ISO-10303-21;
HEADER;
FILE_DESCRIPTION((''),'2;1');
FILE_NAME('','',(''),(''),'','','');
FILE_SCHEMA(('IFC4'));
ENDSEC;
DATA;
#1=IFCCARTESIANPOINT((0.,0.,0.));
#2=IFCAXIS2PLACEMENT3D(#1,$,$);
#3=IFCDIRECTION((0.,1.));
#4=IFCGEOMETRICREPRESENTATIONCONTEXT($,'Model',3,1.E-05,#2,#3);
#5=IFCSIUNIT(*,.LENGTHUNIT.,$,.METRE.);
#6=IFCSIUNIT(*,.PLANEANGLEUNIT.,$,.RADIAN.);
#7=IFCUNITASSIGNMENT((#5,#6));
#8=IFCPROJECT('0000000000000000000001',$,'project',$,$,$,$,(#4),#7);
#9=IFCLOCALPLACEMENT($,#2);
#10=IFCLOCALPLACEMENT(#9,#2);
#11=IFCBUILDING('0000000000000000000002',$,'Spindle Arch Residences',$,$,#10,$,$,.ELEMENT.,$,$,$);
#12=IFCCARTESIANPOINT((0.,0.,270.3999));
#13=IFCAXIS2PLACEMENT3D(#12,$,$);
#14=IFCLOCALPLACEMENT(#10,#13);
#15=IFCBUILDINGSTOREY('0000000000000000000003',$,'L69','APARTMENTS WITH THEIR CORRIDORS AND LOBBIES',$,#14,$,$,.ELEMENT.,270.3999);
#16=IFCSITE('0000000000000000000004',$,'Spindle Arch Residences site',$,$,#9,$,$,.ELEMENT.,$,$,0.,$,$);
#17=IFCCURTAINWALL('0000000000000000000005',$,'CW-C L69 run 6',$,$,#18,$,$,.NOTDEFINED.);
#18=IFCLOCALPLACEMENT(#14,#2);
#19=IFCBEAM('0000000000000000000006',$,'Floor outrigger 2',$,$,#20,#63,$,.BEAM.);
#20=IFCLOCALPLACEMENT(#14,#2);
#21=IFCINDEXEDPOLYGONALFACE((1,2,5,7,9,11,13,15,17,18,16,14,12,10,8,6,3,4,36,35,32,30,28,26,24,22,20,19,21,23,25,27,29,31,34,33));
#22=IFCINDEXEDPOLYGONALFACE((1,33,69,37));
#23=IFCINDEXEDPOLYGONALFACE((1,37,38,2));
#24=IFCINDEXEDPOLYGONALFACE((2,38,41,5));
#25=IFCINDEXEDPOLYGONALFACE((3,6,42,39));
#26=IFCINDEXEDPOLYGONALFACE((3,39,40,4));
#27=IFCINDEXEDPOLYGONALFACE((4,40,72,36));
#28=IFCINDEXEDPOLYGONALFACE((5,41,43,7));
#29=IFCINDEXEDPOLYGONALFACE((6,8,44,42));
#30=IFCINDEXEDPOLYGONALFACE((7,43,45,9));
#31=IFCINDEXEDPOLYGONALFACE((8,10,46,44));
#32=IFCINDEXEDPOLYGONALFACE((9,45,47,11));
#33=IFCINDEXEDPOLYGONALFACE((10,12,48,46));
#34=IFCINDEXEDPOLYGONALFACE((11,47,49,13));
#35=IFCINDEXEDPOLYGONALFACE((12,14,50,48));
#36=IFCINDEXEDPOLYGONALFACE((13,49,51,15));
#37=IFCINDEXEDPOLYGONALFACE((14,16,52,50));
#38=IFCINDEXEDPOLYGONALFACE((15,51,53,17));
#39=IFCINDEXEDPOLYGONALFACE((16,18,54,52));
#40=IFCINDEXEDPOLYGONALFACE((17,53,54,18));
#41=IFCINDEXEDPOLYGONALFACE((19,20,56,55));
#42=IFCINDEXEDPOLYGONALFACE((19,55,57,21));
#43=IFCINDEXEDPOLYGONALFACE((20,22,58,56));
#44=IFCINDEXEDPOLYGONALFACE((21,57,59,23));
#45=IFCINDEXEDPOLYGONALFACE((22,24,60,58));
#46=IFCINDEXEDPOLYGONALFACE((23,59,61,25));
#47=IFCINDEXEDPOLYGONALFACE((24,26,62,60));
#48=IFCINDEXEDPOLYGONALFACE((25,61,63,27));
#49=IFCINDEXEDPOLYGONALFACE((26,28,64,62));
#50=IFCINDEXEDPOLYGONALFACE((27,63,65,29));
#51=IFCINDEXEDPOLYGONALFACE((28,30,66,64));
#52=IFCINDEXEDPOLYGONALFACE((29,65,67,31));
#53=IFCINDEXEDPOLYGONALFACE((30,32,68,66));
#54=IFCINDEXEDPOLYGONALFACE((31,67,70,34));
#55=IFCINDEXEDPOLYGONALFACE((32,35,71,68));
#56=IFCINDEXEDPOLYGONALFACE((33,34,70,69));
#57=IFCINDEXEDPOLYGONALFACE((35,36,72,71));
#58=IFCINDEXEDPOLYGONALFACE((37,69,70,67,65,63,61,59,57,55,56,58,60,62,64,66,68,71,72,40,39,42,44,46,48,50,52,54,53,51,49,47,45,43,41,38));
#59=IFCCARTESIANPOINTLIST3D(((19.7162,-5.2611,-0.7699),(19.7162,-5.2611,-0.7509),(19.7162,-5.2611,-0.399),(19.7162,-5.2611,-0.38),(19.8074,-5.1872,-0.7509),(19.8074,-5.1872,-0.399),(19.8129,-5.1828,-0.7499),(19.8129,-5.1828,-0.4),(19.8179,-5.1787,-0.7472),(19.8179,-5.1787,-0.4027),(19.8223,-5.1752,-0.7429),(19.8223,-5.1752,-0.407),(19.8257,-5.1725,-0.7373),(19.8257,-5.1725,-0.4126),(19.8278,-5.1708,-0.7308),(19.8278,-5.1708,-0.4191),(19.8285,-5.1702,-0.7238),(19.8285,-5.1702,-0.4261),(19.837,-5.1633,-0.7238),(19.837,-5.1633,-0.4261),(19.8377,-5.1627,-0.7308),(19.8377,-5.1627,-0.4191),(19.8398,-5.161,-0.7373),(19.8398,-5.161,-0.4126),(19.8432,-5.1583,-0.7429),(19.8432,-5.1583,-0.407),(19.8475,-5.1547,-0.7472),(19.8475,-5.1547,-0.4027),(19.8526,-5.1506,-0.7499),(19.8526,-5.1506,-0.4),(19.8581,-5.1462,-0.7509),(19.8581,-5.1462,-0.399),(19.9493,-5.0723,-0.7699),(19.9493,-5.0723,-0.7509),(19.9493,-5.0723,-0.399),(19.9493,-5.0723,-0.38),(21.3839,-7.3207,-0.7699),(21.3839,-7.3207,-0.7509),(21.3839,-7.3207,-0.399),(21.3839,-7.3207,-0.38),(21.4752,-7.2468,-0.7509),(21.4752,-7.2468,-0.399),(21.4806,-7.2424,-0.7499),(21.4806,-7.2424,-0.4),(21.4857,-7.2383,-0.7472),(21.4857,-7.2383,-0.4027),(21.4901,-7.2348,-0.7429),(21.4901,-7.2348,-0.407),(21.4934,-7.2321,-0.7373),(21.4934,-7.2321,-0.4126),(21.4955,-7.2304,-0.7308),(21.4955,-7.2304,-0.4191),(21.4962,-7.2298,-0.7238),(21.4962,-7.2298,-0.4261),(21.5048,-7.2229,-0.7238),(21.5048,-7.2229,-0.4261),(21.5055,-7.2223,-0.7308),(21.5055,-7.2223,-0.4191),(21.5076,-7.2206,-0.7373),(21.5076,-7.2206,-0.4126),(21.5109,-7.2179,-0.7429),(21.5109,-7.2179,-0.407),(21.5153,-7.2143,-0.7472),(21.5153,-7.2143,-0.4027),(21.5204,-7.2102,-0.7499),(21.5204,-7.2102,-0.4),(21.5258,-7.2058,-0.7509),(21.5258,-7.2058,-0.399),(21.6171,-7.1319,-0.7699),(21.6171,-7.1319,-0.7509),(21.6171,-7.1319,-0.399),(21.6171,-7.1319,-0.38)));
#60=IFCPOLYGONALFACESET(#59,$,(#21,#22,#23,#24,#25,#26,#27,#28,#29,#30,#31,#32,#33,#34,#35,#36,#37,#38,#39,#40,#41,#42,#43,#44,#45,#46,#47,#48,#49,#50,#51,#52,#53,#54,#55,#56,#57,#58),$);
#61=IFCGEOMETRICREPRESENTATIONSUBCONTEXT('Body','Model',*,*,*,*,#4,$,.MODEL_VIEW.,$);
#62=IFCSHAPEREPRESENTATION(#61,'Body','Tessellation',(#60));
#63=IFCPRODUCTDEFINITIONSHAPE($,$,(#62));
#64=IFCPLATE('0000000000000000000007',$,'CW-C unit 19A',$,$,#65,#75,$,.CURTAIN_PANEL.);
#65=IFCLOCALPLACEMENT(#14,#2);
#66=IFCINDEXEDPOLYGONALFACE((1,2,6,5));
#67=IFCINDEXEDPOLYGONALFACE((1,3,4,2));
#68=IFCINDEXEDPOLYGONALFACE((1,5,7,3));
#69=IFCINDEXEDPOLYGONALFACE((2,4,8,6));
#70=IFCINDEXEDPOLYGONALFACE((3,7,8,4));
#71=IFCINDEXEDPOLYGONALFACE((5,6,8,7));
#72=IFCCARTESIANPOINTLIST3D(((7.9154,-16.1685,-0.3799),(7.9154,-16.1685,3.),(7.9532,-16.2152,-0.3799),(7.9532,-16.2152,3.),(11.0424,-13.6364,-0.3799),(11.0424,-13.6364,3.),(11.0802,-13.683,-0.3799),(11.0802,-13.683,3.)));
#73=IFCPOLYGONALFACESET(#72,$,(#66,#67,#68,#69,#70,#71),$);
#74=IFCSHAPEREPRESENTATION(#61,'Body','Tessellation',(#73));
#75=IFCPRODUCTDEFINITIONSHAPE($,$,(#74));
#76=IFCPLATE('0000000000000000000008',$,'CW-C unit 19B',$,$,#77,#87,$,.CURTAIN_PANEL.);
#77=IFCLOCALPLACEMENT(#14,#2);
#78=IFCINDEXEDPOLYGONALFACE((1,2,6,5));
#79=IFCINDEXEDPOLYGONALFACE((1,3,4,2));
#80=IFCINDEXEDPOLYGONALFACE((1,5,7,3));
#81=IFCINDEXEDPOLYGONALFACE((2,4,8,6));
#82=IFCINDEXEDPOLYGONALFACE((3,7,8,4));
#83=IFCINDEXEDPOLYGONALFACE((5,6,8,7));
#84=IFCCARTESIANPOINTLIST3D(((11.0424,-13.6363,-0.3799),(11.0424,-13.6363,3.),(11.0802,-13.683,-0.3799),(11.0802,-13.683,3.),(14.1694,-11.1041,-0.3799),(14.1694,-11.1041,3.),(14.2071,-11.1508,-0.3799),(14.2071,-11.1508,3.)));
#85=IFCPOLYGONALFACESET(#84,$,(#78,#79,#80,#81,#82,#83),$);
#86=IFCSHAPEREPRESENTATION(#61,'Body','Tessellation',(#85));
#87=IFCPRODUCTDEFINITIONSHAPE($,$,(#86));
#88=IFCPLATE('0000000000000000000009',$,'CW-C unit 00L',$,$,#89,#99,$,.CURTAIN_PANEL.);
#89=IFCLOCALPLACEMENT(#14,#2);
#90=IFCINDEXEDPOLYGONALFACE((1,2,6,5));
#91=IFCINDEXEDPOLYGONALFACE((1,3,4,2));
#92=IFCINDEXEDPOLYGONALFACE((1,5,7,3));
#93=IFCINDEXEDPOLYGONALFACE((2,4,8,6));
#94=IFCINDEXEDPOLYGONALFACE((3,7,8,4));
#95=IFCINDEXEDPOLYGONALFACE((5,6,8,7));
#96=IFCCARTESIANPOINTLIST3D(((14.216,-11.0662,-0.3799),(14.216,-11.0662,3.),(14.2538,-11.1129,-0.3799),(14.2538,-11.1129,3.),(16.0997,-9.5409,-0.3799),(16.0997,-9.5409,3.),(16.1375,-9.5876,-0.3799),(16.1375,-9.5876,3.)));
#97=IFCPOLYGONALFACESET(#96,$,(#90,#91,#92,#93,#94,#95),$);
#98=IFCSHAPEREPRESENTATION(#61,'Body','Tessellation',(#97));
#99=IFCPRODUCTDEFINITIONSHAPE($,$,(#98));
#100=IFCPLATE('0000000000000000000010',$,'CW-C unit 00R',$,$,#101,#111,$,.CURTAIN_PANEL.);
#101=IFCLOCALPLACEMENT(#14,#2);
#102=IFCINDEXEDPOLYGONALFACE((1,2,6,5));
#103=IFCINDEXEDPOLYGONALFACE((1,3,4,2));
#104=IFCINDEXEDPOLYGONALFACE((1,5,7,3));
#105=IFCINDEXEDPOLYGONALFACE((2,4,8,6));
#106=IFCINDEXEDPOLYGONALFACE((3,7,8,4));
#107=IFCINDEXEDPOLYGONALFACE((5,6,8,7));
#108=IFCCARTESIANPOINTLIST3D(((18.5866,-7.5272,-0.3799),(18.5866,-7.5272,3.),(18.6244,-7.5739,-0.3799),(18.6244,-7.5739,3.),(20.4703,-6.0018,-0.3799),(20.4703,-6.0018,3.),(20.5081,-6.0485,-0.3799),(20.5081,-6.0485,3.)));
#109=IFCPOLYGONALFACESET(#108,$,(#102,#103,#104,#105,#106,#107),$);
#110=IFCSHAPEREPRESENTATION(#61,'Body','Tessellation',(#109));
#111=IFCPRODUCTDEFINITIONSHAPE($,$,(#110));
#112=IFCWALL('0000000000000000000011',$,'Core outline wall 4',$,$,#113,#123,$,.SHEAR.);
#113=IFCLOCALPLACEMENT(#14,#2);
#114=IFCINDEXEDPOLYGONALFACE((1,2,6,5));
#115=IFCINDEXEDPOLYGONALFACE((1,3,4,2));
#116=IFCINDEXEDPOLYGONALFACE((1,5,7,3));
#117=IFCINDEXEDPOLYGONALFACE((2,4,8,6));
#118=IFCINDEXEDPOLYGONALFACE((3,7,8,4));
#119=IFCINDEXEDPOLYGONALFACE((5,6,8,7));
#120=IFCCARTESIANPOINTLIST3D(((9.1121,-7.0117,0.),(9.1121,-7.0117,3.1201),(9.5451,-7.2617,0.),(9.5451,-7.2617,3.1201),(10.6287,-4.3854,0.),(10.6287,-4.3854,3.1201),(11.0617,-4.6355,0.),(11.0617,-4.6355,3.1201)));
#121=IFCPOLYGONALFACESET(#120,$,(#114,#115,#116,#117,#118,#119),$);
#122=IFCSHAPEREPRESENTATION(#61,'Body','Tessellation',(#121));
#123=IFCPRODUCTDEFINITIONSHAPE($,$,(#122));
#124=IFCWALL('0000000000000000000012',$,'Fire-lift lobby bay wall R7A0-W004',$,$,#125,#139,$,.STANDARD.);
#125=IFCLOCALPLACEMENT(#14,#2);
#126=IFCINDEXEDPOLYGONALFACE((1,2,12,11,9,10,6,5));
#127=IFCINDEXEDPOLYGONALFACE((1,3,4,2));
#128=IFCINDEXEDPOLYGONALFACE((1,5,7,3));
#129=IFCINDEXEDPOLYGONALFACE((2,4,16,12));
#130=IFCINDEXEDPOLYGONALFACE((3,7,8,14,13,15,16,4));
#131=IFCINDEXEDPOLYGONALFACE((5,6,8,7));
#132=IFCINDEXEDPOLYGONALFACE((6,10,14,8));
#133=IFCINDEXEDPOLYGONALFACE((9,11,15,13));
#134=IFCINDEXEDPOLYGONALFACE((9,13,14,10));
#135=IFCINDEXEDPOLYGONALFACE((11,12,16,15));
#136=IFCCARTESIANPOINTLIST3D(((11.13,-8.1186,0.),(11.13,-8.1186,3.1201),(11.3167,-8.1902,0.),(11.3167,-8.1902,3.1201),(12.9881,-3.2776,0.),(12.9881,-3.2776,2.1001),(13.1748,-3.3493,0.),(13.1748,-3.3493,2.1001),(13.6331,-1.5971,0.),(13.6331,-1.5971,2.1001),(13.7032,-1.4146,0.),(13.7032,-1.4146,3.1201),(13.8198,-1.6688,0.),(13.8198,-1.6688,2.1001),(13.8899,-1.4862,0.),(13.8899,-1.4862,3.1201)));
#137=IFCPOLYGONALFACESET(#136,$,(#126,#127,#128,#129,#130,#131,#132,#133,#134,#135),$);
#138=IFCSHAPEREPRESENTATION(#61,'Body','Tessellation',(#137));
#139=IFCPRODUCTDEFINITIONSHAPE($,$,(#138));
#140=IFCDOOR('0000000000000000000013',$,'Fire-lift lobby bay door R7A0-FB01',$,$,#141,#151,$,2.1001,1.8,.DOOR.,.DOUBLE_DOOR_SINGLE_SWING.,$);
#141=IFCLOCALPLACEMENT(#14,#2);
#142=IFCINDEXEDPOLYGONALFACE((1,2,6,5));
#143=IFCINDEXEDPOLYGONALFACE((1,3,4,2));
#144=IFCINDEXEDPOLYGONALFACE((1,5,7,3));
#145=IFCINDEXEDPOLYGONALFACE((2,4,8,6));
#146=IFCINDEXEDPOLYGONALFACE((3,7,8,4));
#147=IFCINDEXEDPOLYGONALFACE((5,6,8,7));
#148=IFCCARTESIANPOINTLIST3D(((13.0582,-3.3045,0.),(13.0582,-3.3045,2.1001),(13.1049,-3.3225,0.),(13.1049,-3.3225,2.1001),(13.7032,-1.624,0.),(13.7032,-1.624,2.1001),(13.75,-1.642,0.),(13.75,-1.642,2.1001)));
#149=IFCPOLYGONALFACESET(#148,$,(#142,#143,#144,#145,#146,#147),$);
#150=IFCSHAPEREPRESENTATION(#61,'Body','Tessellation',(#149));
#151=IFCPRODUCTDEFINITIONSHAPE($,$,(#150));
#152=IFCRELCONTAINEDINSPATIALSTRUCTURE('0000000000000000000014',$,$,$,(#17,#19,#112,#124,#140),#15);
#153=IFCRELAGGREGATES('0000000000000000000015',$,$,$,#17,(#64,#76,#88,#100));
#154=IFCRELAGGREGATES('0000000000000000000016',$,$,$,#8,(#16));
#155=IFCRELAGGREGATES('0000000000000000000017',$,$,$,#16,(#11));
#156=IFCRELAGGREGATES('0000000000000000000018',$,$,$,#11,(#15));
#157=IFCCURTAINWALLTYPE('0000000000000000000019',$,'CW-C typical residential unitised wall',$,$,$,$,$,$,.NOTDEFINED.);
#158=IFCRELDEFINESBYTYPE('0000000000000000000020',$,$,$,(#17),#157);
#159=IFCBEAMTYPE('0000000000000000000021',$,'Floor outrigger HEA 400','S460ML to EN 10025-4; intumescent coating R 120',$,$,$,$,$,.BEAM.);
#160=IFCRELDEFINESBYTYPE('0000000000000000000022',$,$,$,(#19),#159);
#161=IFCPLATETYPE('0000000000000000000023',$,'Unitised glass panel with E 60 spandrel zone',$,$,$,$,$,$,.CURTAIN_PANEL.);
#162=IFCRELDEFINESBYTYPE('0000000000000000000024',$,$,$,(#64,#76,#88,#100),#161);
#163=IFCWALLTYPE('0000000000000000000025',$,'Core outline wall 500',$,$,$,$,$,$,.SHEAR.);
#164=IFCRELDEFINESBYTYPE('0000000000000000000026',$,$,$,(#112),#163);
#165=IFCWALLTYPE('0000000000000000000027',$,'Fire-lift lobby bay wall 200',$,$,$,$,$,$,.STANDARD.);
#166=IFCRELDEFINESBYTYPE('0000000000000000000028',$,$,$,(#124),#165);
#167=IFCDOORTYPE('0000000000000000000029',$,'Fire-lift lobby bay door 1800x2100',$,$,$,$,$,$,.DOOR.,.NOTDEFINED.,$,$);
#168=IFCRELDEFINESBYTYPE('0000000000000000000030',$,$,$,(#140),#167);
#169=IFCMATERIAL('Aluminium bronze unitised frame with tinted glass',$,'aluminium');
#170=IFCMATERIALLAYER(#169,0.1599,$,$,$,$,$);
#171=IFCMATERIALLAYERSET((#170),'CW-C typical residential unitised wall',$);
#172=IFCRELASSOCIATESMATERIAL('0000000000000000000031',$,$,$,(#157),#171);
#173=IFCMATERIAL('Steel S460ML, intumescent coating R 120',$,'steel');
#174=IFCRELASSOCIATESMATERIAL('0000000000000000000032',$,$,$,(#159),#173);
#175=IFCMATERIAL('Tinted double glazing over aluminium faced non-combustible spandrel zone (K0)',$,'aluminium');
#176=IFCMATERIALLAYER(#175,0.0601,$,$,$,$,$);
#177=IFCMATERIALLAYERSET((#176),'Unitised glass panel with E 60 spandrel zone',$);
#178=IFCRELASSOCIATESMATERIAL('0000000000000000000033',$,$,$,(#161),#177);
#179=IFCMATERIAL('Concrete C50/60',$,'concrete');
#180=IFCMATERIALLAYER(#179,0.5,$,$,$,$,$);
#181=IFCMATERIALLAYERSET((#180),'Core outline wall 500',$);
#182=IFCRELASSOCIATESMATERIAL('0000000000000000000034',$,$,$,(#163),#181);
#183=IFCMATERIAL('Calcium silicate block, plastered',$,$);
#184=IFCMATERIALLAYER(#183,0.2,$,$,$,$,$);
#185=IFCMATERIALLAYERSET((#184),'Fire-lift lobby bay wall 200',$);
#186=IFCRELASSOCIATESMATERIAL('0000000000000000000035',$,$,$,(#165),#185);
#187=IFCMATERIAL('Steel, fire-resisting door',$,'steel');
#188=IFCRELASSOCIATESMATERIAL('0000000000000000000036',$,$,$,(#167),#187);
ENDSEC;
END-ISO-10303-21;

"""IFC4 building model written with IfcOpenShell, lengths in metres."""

from ifc_helpers import new_model, si_unit, direction, frame, frame_2d, origin, origin_2d, place, context, subcontext, project, spatial, rectangle, i_section, extrude, material, layer, layer_set, material_profile, profile_set, type_object, element, fill, aggregate, save


model = new_model("IFC4")

# Units and contexts
model_context = context("Model", 3, precision=1e-05, world=origin(), true_north=direction((0.0, 1.0)))
body_context = subcontext(model_context, "Body", "Model", "MODEL_VIEW")
ifc_project = project(units=[si_unit("LENGTHUNIT", "METRE"), si_unit("PLANEANGLEUNIT", "RADIAN")], contexts=[model_context])

# Site, building, storey
site_placement = place(None, origin())
site = spatial("IfcSite", under=ifc_project, at=site_placement, Name="Spindle Arch Residences site", CompositionType="ELEMENT", RefElevation=0.0)
building_placement = place(site_placement, origin())
building = spatial("IfcBuilding", under=site, at=building_placement, Name="Spindle Arch Residences", CompositionType="ELEMENT")
storey_placement = place(building_placement, frame((0.0, 0.0, 270.3999)))
storey = spatial("IfcBuildingStorey", under=building, at=storey_placement, Name="L69", Description="APARTMENTS WITH THEIR CORRIDORS AND LOBBIES", CompositionType="ELEMENT", Elevation=270.3999)

# Curtain wall
ifc_material_1 = material(Name="Aluminium bronze unitised frame with tinted glass", Category="aluminium")
ifc_layer_1 = layer(ifc_material_1, 0.1599)
ifc_layer_set_1 = layer_set([ifc_layer_1], Name="CW-C typical residential unitised wall")
curtain_wall_type_1 = type_object("IfcCurtainWallType", Name="CW-C typical residential unitised wall", PredefinedType="NOTDEFINED", material=ifc_layer_set_1)
curtain_wall_1_placement = place(storey_placement, origin())
curtain_wall_1 = element("IfcCurtainWall", 1, at=curtain_wall_1_placement, inside=storey, type_object=curtain_wall_type_1, Name="CW-C L69 run 6", PredefinedType="NOTDEFINED")

# Beam
ifc_material_2 = material(Name="Steel S460ML, intumescent coating R 120", Category="steel")
ifc_material_profile_1 = material_profile(ifc_material_2, i_section(OverallWidth=0.3, OverallDepth=0.3899, WebThickness=0.011, FlangeThickness=0.019, FilletRadius=0.0271, at=origin_2d()), Name="HEA 400")
ifc_profile_set_1 = profile_set([ifc_material_profile_1], Name="Steel S460ML, intumescent coating R 120")
beam_type_1 = type_object("IfcBeamType", Name="Floor outrigger HEA 400", Description="S460ML to EN 10025-4; intumescent coating R 120", PredefinedType="BEAM", material=ifc_profile_set_1)
for number, where, z_axis, x_axis, name in (
    (2, (21.5005, -7.2263, -0.575), (-0.629302, 0.777161, 0.0), (-0.777161, -0.629302, 0.0), "Floor outrigger 2"),
):
    element("IfcBeam", number, at=place(storey_placement, frame(where, z_axis=z_axis, x_axis=x_axis)), inside=storey, type_object=beam_type_1, Name=name, PredefinedType="BEAM", context=body_context, shape_type="SweptSolid", body=[
        extrude(i_section(OverallWidth=0.3, OverallDepth=0.3899, WebThickness=0.011, FlangeThickness=0.019, FilletRadius=0.0271, at=origin_2d()), origin(), (0.0, 0.0, 1.0), 2.6501),
    ])

# Plates
ifc_material_3 = material(Name="Tinted double glazing over aluminium faced non-combustible spandrel zone (K0)", Category="aluminium")
ifc_layer_2 = layer(ifc_material_3, 0.0601)
ifc_layer_set_2 = layer_set([ifc_layer_2], Name="Unitised glass panel with E 60 spandrel zone")
plate_type = type_object("IfcPlateType", Name="Unitised glass panel with E 60 spandrel zone", PredefinedType="CURTAIN_PANEL", material=ifc_layer_set_2)
plate_1_placement = place(storey_placement, frame((9.4978, -14.9258, -0.3799), z_axis=(0.0, 0.0, 1.0), x_axis=(0.777146, 0.62932, 0.0)))
plate_1 = element("IfcPlate", 3, at=plate_1_placement, type_object=plate_type, Name="CW-C unit 19A", PredefinedType="CURTAIN_PANEL", context=body_context, shape_type="SweptSolid", body=[
    extrude(rectangle(XDim=4.0237, YDim=0.0601, at=origin_2d()), origin(), (0.0, 0.0, 1.0), 3.3799),
])
plate_2_placement = place(storey_placement, frame((12.6248, -12.3936, -0.3799), z_axis=(0.0, 0.0, 1.0), x_axis=(0.777146, 0.62932, 0.0)))
plate_2 = element("IfcPlate", 4, at=plate_2_placement, type_object=plate_type, Name="CW-C unit 19B", PredefinedType="CURTAIN_PANEL", context=body_context, shape_type="SweptSolid", body=[
    extrude(rectangle(XDim=4.0237, YDim=0.0601, at=origin_2d()), origin(), (0.0, 0.0, 1.0), 3.3799),
])
plate_3_placement = place(storey_placement, frame((15.1768, -10.3269, -0.3799), z_axis=(0.0, 0.0, 1.0), x_axis=(0.777146, 0.62932, 0.0)))
plate_3 = element("IfcPlate", 5, at=plate_3_placement, type_object=plate_type, Name="CW-C unit 00L", PredefinedType="CURTAIN_PANEL", context=body_context, shape_type="SweptSolid", body=[
    extrude(rectangle(XDim=2.4238, YDim=0.0601, at=origin_2d()), origin(), (0.0, 0.0, 1.0), 3.3799),
])
plate_4_placement = place(storey_placement, frame((19.5474, -6.7878, -0.3799), z_axis=(0.0, 0.0, 1.0), x_axis=(0.777146, 0.62932, 0.0)))
plate_4 = element("IfcPlate", 6, at=plate_4_placement, type_object=plate_type, Name="CW-C unit 00R", PredefinedType="CURTAIN_PANEL", context=body_context, shape_type="SweptSolid", body=[
    extrude(rectangle(XDim=2.4238, YDim=0.0601, at=origin_2d()), origin(), (0.0, 0.0, 1.0), 3.3799),
])
aggregate(curtain_wall_1, [plate_1, plate_2, plate_3, plate_4])

# Wall
ifc_material_4 = material(Name="Concrete C50/60", Category="concrete")
ifc_layer_3 = layer(ifc_material_4, 0.5)
ifc_layer_set_3 = layer_set([ifc_layer_3], Name="Core outline wall 500")
wall_type_1 = type_object("IfcWallType", Name="Core outline wall 500", PredefinedType="SHEAR", material=ifc_layer_set_3)
wall_1_placement = place(storey_placement, frame((9.3286, -7.1367, 0.0), z_axis=(0.0, 0.0, 1.0), x_axis=(0.500087, 0.865975, 0.0)))
element("IfcWall", 7, at=wall_1_placement, inside=storey, type_object=wall_type_1, Name="Core outline wall 4", PredefinedType="SHEAR", context=body_context, shape_type="SweptSolid", body=[
    extrude(rectangle(XDim=3.0327, YDim=0.5, at=frame_2d((1.5164, 0.0))), origin(), (0.0, 0.0, 1.0), 3.1201),
])

# Wall, opening, door
ifc_material_5 = material(Name="Calcium silicate block, plastered")
ifc_layer_4 = layer(ifc_material_5, 0.2)
ifc_layer_set_4 = layer_set([ifc_layer_4], Name="Fire-lift lobby bay wall 200")
wall_type_2 = type_object("IfcWallType", Name="Fire-lift lobby bay wall 200", PredefinedType="STANDARD", material=ifc_layer_set_4)
wall_2_placement = place(storey_placement, frame((11.2234, -8.1543, 0.0), z_axis=(0.0, 0.0, 1.0), x_axis=(0.358341, 0.933591, 0.0)))
wall_2 = element("IfcWall", 8, at=wall_2_placement, inside=storey, type_object=wall_type_2, Name="Fire-lift lobby bay wall R7A0-W004", PredefinedType="STANDARD", context=body_context, shape_type="SweptSolid", body=[
    extrude(rectangle(XDim=7.1809, YDim=0.2, at=frame_2d((3.5903, 0.0))), origin(), (0.0, 0.0, 1.0), 3.1201),
])
opening_1_placement = place(wall_2_placement, frame((5.1853, 0.0, 0.0)))
opening_1 = element("IfcOpeningElement", 9, at=opening_1_placement, cuts=wall_2, PredefinedType="OPENING", context=body_context, shape_type="SweptSolid", body=[
    extrude(rectangle(XDim=1.8, YDim=2.1001, at=frame_2d((0.8999, 1.05))), frame((0.0, 0.1099, 0.0), z_axis=(0.0, -1.0, 0.0), x_axis=(1.0, 0.0, 0.0)), (0.0, 0.0, 1.0), 0.22),
])
ifc_material_6 = material(Name="Steel, fire-resisting door", Category="steel")
door_type_1 = type_object("IfcDoorType", Name="Fire-lift lobby bay door 1800x2100", OperationType="NOTDEFINED", PredefinedType="DOOR", material=ifc_material_6)
door_1_placement = place(opening_1_placement, origin())
door_1 = element("IfcDoor", 10, at=door_1_placement, inside=storey, type_object=door_type_1, Name="Fire-lift lobby bay door R7A0-FB01", OperationType="DOUBLE_DOOR_SINGLE_SWING", OverallHeight=2.1001, OverallWidth=1.8, PredefinedType="DOOR", context=body_context, shape_type="SweptSolid", body=[
    extrude(rectangle(XDim=1.8, YDim=2.1001, at=frame_2d((0.8999, 1.05))), frame((0.0, 0.0249, 0.0), z_axis=(0.0, -1.0, 0.0), x_axis=(1.0, 0.0, 0.0)), (0.0, 0.0, 1.0), 0.05),
])
fill(opening_1, door_1)

save(model, "model.ifc")
